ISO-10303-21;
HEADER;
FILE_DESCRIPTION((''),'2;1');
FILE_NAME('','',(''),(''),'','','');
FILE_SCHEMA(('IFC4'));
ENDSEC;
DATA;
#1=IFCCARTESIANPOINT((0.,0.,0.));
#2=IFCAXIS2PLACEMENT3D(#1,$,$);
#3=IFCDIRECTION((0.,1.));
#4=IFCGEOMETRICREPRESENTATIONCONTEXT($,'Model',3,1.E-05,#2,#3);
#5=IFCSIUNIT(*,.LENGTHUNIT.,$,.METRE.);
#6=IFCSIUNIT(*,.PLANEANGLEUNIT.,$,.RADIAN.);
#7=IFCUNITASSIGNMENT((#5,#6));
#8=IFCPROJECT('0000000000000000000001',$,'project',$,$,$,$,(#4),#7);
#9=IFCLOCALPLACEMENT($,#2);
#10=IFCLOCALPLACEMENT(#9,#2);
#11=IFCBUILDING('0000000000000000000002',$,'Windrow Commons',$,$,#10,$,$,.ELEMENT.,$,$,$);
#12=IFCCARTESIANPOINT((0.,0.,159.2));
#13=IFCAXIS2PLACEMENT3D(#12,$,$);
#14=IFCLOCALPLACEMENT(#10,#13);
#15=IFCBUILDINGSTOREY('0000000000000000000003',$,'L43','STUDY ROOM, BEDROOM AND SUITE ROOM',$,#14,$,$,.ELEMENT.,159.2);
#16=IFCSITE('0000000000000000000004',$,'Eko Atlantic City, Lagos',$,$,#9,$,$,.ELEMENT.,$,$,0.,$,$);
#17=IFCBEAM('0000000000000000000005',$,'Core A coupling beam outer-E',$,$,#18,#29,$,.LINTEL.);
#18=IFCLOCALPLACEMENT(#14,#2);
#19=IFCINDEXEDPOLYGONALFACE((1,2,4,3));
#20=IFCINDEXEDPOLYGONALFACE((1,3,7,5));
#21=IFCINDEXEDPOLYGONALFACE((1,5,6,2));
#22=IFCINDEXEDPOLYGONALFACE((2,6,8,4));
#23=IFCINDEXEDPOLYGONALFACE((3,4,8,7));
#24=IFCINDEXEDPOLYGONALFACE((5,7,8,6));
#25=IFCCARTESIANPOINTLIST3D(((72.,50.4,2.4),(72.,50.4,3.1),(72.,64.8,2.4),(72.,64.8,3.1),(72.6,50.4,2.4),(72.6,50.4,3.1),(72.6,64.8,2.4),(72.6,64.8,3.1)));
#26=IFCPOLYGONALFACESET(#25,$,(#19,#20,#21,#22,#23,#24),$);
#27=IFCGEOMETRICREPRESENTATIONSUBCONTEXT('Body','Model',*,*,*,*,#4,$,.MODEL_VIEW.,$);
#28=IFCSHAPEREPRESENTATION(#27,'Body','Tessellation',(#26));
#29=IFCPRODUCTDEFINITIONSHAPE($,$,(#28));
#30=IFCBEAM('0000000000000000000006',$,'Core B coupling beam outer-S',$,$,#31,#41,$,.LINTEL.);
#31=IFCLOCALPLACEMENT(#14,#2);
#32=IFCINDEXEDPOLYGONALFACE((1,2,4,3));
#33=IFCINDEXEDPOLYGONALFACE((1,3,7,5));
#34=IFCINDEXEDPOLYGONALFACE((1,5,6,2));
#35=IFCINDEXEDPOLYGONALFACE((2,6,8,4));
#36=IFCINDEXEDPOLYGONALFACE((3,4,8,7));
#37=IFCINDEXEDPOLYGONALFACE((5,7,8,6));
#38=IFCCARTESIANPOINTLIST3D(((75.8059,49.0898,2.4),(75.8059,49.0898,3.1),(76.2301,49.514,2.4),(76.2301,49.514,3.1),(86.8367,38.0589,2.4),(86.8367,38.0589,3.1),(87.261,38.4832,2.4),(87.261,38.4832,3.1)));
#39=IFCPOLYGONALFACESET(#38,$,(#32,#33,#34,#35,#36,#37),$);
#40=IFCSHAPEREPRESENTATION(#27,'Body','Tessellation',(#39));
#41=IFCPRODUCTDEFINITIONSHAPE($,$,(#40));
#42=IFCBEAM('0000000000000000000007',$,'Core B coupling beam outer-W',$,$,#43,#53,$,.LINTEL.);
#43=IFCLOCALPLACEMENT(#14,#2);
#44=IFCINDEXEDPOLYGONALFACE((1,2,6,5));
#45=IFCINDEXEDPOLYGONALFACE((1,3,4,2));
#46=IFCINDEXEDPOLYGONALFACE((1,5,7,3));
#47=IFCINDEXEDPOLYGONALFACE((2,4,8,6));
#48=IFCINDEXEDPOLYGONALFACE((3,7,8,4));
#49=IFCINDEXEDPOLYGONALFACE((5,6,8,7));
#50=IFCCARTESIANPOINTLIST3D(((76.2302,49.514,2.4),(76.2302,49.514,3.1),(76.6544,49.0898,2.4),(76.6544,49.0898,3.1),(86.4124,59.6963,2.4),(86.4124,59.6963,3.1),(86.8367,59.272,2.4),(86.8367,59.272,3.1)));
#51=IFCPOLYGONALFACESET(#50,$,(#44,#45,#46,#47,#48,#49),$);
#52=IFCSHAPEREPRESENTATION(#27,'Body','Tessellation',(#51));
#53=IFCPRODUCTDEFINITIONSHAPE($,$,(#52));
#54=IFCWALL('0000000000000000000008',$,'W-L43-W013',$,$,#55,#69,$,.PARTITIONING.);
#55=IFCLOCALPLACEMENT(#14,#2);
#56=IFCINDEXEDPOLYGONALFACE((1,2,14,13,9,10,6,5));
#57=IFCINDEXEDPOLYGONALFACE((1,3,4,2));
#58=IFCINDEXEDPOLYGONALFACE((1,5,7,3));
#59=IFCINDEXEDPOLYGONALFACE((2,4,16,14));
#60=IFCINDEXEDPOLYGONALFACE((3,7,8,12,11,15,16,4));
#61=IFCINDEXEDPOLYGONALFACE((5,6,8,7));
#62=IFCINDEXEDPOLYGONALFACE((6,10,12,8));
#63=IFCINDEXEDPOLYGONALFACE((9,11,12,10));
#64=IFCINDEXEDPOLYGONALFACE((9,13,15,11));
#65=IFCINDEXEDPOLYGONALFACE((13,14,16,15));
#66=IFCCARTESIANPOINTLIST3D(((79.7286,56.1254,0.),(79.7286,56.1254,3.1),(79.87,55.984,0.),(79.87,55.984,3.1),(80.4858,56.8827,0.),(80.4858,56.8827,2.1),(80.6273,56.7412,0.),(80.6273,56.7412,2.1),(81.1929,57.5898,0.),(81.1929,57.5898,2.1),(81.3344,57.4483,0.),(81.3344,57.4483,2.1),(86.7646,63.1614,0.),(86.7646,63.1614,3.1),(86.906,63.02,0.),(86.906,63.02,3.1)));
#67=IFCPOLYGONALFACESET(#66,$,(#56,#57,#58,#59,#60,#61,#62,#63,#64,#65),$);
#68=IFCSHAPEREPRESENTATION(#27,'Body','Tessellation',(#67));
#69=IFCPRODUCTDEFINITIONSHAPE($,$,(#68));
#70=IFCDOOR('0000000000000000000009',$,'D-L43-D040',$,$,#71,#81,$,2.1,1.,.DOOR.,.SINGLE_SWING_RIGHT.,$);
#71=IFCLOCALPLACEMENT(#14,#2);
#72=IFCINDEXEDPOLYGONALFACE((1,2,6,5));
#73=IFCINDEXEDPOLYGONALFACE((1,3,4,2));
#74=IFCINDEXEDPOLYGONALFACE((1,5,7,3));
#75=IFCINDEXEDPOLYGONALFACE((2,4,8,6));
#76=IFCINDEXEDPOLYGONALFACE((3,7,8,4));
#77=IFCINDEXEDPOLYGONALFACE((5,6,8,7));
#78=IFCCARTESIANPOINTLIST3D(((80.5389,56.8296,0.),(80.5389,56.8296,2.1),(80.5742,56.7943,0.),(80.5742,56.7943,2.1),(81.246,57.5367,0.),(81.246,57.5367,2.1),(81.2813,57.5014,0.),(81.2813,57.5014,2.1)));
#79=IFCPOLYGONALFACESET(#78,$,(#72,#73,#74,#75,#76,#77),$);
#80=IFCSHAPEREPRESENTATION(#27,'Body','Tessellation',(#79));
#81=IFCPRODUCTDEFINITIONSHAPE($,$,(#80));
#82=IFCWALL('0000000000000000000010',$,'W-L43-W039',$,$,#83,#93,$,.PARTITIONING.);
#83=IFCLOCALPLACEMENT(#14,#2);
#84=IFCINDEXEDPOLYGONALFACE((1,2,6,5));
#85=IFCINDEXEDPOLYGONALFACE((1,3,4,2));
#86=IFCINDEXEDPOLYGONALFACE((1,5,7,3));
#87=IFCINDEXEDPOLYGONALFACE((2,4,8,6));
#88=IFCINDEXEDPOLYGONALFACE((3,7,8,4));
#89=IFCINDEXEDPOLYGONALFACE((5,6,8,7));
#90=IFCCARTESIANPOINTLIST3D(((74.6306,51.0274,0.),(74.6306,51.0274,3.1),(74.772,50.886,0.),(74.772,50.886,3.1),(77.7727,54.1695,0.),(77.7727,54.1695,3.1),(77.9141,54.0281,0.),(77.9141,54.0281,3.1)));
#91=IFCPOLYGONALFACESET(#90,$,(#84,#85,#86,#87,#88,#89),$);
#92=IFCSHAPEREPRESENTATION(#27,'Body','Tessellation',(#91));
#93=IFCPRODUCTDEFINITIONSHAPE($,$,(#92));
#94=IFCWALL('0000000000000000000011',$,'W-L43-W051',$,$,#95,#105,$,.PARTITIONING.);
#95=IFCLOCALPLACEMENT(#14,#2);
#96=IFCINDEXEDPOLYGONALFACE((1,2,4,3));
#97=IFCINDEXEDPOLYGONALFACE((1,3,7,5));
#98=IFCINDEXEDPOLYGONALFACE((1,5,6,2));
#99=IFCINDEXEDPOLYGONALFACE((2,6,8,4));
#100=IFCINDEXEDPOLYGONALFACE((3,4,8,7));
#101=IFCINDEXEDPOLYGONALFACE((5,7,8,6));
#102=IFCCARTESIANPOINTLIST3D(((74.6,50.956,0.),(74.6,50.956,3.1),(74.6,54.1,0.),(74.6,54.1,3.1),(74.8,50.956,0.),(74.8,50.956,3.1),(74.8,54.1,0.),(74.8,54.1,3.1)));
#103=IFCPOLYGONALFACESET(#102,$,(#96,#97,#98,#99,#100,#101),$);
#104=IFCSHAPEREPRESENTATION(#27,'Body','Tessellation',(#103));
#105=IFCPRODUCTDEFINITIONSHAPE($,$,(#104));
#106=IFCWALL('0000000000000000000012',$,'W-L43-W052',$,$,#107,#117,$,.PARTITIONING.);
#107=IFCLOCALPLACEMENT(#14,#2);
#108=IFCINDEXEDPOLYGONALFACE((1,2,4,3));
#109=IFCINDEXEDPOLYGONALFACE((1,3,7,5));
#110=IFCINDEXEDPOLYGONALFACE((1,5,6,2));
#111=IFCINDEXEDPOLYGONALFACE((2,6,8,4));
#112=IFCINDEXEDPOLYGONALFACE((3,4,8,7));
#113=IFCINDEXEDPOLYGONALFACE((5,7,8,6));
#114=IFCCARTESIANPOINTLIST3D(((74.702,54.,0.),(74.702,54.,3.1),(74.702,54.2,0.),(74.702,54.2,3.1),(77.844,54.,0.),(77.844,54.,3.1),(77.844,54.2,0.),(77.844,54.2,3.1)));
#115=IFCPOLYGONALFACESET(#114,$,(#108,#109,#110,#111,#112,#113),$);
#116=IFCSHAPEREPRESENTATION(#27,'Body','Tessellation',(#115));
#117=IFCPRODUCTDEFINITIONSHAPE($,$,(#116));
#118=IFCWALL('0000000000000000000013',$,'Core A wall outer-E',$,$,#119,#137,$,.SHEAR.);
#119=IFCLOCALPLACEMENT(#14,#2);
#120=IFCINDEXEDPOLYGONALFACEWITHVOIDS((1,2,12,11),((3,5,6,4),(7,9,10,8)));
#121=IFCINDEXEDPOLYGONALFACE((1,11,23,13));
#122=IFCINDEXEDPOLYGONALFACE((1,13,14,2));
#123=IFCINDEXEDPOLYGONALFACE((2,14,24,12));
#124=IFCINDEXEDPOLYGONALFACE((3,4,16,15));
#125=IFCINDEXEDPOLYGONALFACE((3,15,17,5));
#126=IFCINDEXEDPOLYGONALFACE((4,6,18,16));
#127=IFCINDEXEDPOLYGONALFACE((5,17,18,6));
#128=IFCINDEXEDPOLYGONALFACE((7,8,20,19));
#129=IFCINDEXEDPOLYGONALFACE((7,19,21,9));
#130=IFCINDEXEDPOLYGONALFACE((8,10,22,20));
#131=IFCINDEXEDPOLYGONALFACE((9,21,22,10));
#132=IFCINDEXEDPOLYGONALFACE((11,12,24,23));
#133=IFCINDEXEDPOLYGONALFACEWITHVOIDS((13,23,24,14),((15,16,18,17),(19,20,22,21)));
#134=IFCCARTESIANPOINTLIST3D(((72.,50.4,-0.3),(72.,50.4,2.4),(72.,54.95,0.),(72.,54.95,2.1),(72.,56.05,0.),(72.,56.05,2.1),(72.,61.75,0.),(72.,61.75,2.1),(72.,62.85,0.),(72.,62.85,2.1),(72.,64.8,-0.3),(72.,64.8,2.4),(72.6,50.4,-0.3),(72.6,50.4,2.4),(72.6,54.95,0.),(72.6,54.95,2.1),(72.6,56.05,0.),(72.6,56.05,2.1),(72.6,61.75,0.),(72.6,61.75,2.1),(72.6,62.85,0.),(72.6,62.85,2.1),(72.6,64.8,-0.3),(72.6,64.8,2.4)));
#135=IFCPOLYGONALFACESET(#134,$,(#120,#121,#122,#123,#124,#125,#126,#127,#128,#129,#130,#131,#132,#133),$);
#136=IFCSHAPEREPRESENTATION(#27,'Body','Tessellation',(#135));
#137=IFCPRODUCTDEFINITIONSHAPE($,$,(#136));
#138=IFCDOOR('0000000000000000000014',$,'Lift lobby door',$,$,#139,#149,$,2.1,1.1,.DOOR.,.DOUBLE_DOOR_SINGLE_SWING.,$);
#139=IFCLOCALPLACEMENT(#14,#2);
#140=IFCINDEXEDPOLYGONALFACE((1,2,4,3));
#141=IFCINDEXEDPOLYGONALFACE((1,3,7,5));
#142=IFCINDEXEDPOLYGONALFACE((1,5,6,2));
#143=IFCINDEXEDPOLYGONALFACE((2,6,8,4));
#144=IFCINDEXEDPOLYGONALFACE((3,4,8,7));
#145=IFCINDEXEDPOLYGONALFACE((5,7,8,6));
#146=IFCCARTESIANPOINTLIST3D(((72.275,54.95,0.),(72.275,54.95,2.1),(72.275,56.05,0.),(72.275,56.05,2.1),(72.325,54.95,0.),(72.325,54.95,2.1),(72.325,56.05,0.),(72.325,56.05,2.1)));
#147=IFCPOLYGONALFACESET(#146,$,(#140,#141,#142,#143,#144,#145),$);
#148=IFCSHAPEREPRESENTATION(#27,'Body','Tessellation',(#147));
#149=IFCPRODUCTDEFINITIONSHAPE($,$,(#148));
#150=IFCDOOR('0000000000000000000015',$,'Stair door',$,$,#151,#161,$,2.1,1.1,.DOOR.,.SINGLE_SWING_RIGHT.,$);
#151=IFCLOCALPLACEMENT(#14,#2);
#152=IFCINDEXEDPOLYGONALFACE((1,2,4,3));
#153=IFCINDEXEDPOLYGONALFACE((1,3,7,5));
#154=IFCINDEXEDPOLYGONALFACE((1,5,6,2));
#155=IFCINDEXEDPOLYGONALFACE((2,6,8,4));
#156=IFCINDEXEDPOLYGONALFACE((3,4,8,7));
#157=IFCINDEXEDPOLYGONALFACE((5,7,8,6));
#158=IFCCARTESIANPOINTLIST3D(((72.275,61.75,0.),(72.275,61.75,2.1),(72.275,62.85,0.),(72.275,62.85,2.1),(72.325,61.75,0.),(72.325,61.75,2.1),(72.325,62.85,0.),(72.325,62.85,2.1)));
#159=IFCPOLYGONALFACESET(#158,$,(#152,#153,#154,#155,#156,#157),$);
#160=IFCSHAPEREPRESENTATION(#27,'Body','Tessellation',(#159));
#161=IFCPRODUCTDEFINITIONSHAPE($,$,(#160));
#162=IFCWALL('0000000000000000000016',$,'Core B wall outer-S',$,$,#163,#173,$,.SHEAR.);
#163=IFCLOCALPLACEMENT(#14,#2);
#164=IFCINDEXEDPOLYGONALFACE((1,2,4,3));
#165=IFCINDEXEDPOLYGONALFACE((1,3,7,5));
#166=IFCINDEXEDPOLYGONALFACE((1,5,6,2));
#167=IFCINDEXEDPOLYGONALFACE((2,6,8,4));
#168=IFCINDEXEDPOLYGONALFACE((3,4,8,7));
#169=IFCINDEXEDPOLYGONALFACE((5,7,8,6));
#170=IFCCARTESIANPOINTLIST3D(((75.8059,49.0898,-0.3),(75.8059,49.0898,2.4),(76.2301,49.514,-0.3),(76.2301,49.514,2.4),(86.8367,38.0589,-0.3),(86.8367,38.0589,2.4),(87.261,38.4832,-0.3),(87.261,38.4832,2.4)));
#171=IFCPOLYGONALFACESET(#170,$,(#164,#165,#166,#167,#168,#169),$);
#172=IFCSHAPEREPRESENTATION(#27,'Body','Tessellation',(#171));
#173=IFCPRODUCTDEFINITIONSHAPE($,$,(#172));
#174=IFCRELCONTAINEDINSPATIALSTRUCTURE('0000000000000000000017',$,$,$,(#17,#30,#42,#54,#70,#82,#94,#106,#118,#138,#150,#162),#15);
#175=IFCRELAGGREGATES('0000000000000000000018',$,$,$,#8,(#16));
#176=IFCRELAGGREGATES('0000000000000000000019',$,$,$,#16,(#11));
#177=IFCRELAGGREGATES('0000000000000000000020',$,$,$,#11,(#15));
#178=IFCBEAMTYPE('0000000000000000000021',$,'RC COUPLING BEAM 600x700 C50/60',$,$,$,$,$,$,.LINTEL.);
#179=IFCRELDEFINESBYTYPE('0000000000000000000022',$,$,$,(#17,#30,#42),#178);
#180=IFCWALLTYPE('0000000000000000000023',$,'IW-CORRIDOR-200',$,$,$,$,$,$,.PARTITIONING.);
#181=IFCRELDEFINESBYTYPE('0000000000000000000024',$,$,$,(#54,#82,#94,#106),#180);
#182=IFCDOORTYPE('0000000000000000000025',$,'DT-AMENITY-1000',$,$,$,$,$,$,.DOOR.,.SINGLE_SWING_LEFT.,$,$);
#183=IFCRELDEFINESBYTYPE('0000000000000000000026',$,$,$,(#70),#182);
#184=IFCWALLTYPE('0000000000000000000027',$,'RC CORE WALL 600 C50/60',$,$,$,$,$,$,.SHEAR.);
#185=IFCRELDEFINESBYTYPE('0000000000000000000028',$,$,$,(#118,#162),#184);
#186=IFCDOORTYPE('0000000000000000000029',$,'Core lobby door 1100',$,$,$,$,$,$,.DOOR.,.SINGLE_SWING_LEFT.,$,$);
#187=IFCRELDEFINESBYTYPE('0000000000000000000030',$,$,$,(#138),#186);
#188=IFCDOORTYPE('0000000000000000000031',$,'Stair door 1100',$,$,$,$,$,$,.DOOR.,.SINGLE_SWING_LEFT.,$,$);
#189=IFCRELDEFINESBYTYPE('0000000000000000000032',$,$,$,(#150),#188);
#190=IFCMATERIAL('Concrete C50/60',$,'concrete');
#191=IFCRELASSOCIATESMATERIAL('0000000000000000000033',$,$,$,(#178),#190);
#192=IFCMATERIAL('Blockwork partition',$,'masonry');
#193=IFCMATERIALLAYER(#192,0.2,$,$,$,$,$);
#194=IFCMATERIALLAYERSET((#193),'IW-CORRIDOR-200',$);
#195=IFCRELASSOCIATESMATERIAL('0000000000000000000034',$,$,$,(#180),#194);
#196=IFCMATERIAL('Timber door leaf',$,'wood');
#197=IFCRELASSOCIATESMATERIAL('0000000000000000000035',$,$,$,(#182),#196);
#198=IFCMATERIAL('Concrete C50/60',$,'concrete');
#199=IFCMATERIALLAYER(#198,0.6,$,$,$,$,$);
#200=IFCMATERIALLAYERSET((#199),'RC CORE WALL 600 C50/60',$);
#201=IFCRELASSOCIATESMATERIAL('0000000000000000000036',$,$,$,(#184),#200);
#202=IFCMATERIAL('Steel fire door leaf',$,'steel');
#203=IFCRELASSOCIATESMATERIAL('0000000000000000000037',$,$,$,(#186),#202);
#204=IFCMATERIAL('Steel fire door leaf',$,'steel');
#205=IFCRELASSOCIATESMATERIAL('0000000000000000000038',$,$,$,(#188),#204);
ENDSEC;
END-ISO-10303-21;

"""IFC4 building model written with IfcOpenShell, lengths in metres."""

from ifc_helpers import new_model, si_unit, direction, frame, frame_2d, origin, origin_2d, place, context, subcontext, project, spatial, rectangle, extrude, material, layer, layer_set, material_profile, profile_set, type_object, element, fill, save


model = new_model("IFC4")

# Units and contexts
model_context = context("Model", 3, precision=1e-05, world=origin(), true_north=direction((0.0, 1.0)))
body_context = subcontext(model_context, "Body", "Model", "MODEL_VIEW")
ifc_project = project(units=[si_unit("LENGTHUNIT", "METRE"), si_unit("PLANEANGLEUNIT", "RADIAN")], contexts=[model_context])

# Site, building, storey
site_placement = place(None, origin())
site = spatial("IfcSite", under=ifc_project, at=site_placement, Name="Eko Atlantic City, Lagos", CompositionType="ELEMENT", RefElevation=0.0)
building_placement = place(site_placement, origin())
building = spatial("IfcBuilding", under=site, at=building_placement, Name="Windrow Commons", CompositionType="ELEMENT")
storey_placement = place(building_placement, frame((0.0, 0.0, 159.2)))
storey = spatial("IfcBuildingStorey", under=building, at=storey_placement, Name="L43", Description="STUDY ROOM, BEDROOM AND SUITE ROOM", CompositionType="ELEMENT", Elevation=159.2)

# Beams
ifc_material_1 = material(Name="Concrete C50/60", Category="concrete")
ifc_material_profile = material_profile(ifc_material_1, rectangle(XDim=0.6, YDim=0.7, at=origin_2d()))
ifc_profile_set = profile_set([ifc_material_profile], Name="Concrete C50/60")
beam_type = type_object("IfcBeamType", Name="RC COUPLING BEAM 600x700 C50/60", PredefinedType="LINTEL", material=ifc_profile_set)
beam_1_placement = place(storey_placement, frame((72.3, 50.4, 2.75), z_axis=(0.0, 1.0, 0.0), x_axis=(-1.0, 0.0, 0.0)))
element("IfcBeam", 1, at=beam_1_placement, inside=storey, type_object=beam_type, Name="Core A coupling beam outer-E", PredefinedType="LINTEL", context=body_context, shape_type="SweptSolid", body=[
    extrude(rectangle(XDim=0.6, YDim=0.7, at=origin_2d()), origin(), (0.0, 0.0, 1.0), 14.4),
])
beam_2_placement = place(storey_placement, frame((76.018, 49.3019, 2.75), z_axis=(0.707107, -0.707107, 0.0), x_axis=(0.707107, 0.707107, 0.0)))
element("IfcBeam", 2, at=beam_2_placement, inside=storey, type_object=beam_type, Name="Core B coupling beam outer-S", PredefinedType="LINTEL", context=body_context, shape_type="SweptSolid", body=[
    extrude(rectangle(XDim=0.6, YDim=0.7, at=origin_2d()), origin(), (0.0, 0.0, 1.0), 15.6),
])
beam_3_placement = place(storey_placement, frame((76.4423, 49.3019, 2.75), z_axis=(0.707107, 0.707107, 0.0), x_axis=(-0.707107, 0.707107, 0.0)))
element("IfcBeam", 3, at=beam_3_placement, inside=storey, type_object=beam_type, Name="Core B coupling beam outer-W", PredefinedType="LINTEL", context=body_context, shape_type="SweptSolid", body=[
    extrude(rectangle(XDim=0.6, YDim=0.7, at=origin_2d()), origin(), (0.0, 0.0, 1.0), 14.3999),
])

# Wall, opening, door
ifc_material_2 = material(Name="Blockwork partition", Category="masonry")
ifc_layer_1 = layer(ifc_material_2, 0.2)
ifc_layer_set_1 = layer_set([ifc_layer_1], Name="IW-CORRIDOR-200")
wall_type_1 = type_object("IfcWallType", Name="IW-CORRIDOR-200", PredefinedType="PARTITIONING", material=ifc_layer_set_1)
wall_1_placement = place(storey_placement, frame((79.7993, 56.0547, 0.0), z_axis=(0.0, 0.0, 1.0), x_axis=(0.707107, 0.707107, 0.0)))
wall_1 = element("IfcWall", 4, at=wall_1_placement, inside=storey, type_object=wall_type_1, Name="W-L43-W013", PredefinedType="PARTITIONING", context=body_context, shape_type="SweptSolid", body=[
    extrude(rectangle(XDim=9.9504, YDim=0.2, at=frame_2d((4.9752, 0.0))), origin(), (0.0, 0.0, 1.0), 3.1),
])
opening_1_placement = place(wall_1_placement, frame((1.0709, 0.0, 0.0)))
opening_1 = element("IfcOpeningElement", 5, at=opening_1_placement, cuts=wall_1, PredefinedType="OPENING", context=body_context, shape_type="SweptSolid", body=[
    extrude(rectangle(XDim=1.0, YDim=2.1, at=frame_2d((0.5, 1.05))), frame((0.0, 0.11, 0.0), z_axis=(0.0, -1.0, 0.0), x_axis=(1.0, 0.0, 0.0)), (0.0, 0.0, 1.0), 0.22),
])
ifc_material_3 = material(Name="Timber door leaf", Category="wood")
door_type_1 = type_object("IfcDoorType", Name="DT-AMENITY-1000", OperationType="SINGLE_SWING_LEFT", PredefinedType="DOOR", material=ifc_material_3)
door_1_placement = place(opening_1_placement, origin())
door_1 = element("IfcDoor", 6, at=door_1_placement, inside=storey, type_object=door_type_1, Name="D-L43-D040", OperationType="SINGLE_SWING_RIGHT", OverallHeight=2.1, OverallWidth=1.0, PredefinedType="DOOR", context=body_context, shape_type="SweptSolid", body=[
    extrude(rectangle(XDim=1.0, YDim=2.1, at=frame_2d((0.5, 1.05))), frame((0.0, 0.025, 0.0), z_axis=(0.0, -1.0, 0.0), x_axis=(1.0, 0.0, 0.0)), (0.0, 0.0, 1.0), 0.05),
])
fill(opening_1, door_1)

# Walls
wall_2_placement = place(storey_placement, frame((74.7013, 50.9567, 0.0), z_axis=(0.0, 0.0, 1.0), x_axis=(0.707107, 0.707107, 0.0)))
element("IfcWall", 7, at=wall_2_placement, inside=storey, type_object=wall_type_1, Name="W-L43-W039", PredefinedType="PARTITIONING", context=body_context, shape_type="SweptSolid", body=[
    extrude(rectangle(XDim=4.4435, YDim=0.2, at=frame_2d((2.2218, 0.0))), origin(), (0.0, 0.0, 1.0), 3.1),
])
wall_3_placement = place(storey_placement, frame((74.7, 50.956, 0.0), z_axis=(0.0, 0.0, 1.0), x_axis=(0.0, 1.0, 0.0)))
element("IfcWall", 8, at=wall_3_placement, inside=storey, type_object=wall_type_1, Name="W-L43-W051", PredefinedType="PARTITIONING", context=body_context, shape_type="SweptSolid", body=[
    extrude(rectangle(XDim=3.144, YDim=0.2, at=frame_2d((1.572, 0.0))), origin(), (0.0, 0.0, 1.0), 3.1),
])
wall_4_placement = place(storey_placement, frame((74.702, 54.1, 0.0), z_axis=(0.0, 0.0, 1.0), x_axis=(1.0, 0.0, 0.0)))
element("IfcWall", 9, at=wall_4_placement, inside=storey, type_object=wall_type_1, Name="W-L43-W052", PredefinedType="PARTITIONING", context=body_context, shape_type="SweptSolid", body=[
    extrude(rectangle(XDim=3.142, YDim=0.2, at=frame_2d((1.571, 0.0))), origin(), (0.0, 0.0, 1.0), 3.1),
])

# Wall, openings, doors
ifc_material_4 = material(Name="Concrete C50/60", Category="concrete")
ifc_layer_2 = layer(ifc_material_4, 0.6)
ifc_layer_set_2 = layer_set([ifc_layer_2], Name="RC CORE WALL 600 C50/60")
wall_type_2 = type_object("IfcWallType", Name="RC CORE WALL 600 C50/60", PredefinedType="SHEAR", material=ifc_layer_set_2)
wall_5_placement = place(storey_placement, frame((72.3, 50.4, -0.3), z_axis=(0.0, 0.0, 1.0), x_axis=(0.0, 1.0, 0.0)))
wall_5 = element("IfcWall", 10, at=wall_5_placement, inside=storey, type_object=wall_type_2, Name="Core A wall outer-E", PredefinedType="SHEAR", context=body_context, shape_type="SweptSolid", body=[
    extrude(rectangle(XDim=14.4, YDim=0.6, at=frame_2d((7.2, 0.0))), origin(), (0.0, 0.0, 1.0), 2.7),
])
opening_2_placement = place(wall_5_placement, frame((4.55, 0.0, 0.3)))
opening_2 = element("IfcOpeningElement", 11, at=opening_2_placement, cuts=wall_5, PredefinedType="OPENING", context=body_context, shape_type="SweptSolid", body=[
    extrude(rectangle(XDim=1.1, YDim=2.1, at=frame_2d((0.55, 1.05))), frame((0.0, 0.31, 0.0), z_axis=(0.0, -1.0, 0.0), x_axis=(1.0, 0.0, 0.0)), (0.0, 0.0, 1.0), 0.62),
])
opening_3_placement = place(wall_5_placement, frame((11.35, 0.0, 0.3)))
opening_3 = element("IfcOpeningElement", 12, at=opening_3_placement, cuts=wall_5, PredefinedType="OPENING", context=body_context, shape_type="SweptSolid", body=[
    extrude(rectangle(XDim=1.1, YDim=2.1, at=frame_2d((0.55, 1.05))), frame((0.0, 0.31, 0.0), z_axis=(0.0, -1.0, 0.0), x_axis=(1.0, 0.0, 0.0)), (0.0, 0.0, 1.0), 0.62),
])
ifc_material_5 = material(Name="Steel fire door leaf", Category="steel")
door_type_2 = type_object("IfcDoorType", Name="Core lobby door 1100", OperationType="SINGLE_SWING_LEFT", PredefinedType="DOOR", material=ifc_material_5)
door_2_placement = place(opening_2_placement, origin())
door_2 = element("IfcDoor", 13, at=door_2_placement, inside=storey, type_object=door_type_2, Name="Lift lobby door", OperationType="DOUBLE_DOOR_SINGLE_SWING", OverallHeight=2.1, OverallWidth=1.1, PredefinedType="DOOR", context=body_context, shape_type="SweptSolid", body=[
    extrude(rectangle(XDim=1.1, YDim=2.1, at=frame_2d((0.55, 1.05))), frame((0.0, 0.025, 0.0), z_axis=(0.0, -1.0, 0.0), x_axis=(1.0, 0.0, 0.0)), (0.0, 0.0, 1.0), 0.05),
])
fill(opening_2, door_2)
ifc_material_6 = material(Name="Steel fire door leaf", Category="steel")
door_type_3 = type_object("IfcDoorType", Name="Stair door 1100", OperationType="SINGLE_SWING_LEFT", PredefinedType="DOOR", material=ifc_material_6)
door_3_placement = place(opening_3_placement, origin())
door_3 = element("IfcDoor", 14, at=door_3_placement, inside=storey, type_object=door_type_3, Name="Stair door", OperationType="SINGLE_SWING_RIGHT", OverallHeight=2.1, OverallWidth=1.1, PredefinedType="DOOR", context=body_context, shape_type="SweptSolid", body=[
    extrude(rectangle(XDim=1.1, YDim=2.1, at=frame_2d((0.55, 1.05))), frame((0.0, 0.025, 0.0), z_axis=(0.0, -1.0, 0.0), x_axis=(1.0, 0.0, 0.0)), (0.0, 0.0, 1.0), 0.05),
])
fill(opening_3, door_3)

# Wall
wall_6_placement = place(storey_placement, frame((76.018, 49.3019, -0.3), z_axis=(0.0, 0.0, 1.0), x_axis=(0.707107, -0.707107, 0.0)))
element("IfcWall", 15, at=wall_6_placement, inside=storey, type_object=wall_type_2, Name="Core B wall outer-S", PredefinedType="SHEAR", context=body_context, shape_type="SweptSolid", body=[
    extrude(rectangle(XDim=15.6, YDim=0.6, at=frame_2d((7.8, 0.0))), origin(), (0.0, 0.0, 1.0), 2.7),
])

save(model, "model.ifc")
